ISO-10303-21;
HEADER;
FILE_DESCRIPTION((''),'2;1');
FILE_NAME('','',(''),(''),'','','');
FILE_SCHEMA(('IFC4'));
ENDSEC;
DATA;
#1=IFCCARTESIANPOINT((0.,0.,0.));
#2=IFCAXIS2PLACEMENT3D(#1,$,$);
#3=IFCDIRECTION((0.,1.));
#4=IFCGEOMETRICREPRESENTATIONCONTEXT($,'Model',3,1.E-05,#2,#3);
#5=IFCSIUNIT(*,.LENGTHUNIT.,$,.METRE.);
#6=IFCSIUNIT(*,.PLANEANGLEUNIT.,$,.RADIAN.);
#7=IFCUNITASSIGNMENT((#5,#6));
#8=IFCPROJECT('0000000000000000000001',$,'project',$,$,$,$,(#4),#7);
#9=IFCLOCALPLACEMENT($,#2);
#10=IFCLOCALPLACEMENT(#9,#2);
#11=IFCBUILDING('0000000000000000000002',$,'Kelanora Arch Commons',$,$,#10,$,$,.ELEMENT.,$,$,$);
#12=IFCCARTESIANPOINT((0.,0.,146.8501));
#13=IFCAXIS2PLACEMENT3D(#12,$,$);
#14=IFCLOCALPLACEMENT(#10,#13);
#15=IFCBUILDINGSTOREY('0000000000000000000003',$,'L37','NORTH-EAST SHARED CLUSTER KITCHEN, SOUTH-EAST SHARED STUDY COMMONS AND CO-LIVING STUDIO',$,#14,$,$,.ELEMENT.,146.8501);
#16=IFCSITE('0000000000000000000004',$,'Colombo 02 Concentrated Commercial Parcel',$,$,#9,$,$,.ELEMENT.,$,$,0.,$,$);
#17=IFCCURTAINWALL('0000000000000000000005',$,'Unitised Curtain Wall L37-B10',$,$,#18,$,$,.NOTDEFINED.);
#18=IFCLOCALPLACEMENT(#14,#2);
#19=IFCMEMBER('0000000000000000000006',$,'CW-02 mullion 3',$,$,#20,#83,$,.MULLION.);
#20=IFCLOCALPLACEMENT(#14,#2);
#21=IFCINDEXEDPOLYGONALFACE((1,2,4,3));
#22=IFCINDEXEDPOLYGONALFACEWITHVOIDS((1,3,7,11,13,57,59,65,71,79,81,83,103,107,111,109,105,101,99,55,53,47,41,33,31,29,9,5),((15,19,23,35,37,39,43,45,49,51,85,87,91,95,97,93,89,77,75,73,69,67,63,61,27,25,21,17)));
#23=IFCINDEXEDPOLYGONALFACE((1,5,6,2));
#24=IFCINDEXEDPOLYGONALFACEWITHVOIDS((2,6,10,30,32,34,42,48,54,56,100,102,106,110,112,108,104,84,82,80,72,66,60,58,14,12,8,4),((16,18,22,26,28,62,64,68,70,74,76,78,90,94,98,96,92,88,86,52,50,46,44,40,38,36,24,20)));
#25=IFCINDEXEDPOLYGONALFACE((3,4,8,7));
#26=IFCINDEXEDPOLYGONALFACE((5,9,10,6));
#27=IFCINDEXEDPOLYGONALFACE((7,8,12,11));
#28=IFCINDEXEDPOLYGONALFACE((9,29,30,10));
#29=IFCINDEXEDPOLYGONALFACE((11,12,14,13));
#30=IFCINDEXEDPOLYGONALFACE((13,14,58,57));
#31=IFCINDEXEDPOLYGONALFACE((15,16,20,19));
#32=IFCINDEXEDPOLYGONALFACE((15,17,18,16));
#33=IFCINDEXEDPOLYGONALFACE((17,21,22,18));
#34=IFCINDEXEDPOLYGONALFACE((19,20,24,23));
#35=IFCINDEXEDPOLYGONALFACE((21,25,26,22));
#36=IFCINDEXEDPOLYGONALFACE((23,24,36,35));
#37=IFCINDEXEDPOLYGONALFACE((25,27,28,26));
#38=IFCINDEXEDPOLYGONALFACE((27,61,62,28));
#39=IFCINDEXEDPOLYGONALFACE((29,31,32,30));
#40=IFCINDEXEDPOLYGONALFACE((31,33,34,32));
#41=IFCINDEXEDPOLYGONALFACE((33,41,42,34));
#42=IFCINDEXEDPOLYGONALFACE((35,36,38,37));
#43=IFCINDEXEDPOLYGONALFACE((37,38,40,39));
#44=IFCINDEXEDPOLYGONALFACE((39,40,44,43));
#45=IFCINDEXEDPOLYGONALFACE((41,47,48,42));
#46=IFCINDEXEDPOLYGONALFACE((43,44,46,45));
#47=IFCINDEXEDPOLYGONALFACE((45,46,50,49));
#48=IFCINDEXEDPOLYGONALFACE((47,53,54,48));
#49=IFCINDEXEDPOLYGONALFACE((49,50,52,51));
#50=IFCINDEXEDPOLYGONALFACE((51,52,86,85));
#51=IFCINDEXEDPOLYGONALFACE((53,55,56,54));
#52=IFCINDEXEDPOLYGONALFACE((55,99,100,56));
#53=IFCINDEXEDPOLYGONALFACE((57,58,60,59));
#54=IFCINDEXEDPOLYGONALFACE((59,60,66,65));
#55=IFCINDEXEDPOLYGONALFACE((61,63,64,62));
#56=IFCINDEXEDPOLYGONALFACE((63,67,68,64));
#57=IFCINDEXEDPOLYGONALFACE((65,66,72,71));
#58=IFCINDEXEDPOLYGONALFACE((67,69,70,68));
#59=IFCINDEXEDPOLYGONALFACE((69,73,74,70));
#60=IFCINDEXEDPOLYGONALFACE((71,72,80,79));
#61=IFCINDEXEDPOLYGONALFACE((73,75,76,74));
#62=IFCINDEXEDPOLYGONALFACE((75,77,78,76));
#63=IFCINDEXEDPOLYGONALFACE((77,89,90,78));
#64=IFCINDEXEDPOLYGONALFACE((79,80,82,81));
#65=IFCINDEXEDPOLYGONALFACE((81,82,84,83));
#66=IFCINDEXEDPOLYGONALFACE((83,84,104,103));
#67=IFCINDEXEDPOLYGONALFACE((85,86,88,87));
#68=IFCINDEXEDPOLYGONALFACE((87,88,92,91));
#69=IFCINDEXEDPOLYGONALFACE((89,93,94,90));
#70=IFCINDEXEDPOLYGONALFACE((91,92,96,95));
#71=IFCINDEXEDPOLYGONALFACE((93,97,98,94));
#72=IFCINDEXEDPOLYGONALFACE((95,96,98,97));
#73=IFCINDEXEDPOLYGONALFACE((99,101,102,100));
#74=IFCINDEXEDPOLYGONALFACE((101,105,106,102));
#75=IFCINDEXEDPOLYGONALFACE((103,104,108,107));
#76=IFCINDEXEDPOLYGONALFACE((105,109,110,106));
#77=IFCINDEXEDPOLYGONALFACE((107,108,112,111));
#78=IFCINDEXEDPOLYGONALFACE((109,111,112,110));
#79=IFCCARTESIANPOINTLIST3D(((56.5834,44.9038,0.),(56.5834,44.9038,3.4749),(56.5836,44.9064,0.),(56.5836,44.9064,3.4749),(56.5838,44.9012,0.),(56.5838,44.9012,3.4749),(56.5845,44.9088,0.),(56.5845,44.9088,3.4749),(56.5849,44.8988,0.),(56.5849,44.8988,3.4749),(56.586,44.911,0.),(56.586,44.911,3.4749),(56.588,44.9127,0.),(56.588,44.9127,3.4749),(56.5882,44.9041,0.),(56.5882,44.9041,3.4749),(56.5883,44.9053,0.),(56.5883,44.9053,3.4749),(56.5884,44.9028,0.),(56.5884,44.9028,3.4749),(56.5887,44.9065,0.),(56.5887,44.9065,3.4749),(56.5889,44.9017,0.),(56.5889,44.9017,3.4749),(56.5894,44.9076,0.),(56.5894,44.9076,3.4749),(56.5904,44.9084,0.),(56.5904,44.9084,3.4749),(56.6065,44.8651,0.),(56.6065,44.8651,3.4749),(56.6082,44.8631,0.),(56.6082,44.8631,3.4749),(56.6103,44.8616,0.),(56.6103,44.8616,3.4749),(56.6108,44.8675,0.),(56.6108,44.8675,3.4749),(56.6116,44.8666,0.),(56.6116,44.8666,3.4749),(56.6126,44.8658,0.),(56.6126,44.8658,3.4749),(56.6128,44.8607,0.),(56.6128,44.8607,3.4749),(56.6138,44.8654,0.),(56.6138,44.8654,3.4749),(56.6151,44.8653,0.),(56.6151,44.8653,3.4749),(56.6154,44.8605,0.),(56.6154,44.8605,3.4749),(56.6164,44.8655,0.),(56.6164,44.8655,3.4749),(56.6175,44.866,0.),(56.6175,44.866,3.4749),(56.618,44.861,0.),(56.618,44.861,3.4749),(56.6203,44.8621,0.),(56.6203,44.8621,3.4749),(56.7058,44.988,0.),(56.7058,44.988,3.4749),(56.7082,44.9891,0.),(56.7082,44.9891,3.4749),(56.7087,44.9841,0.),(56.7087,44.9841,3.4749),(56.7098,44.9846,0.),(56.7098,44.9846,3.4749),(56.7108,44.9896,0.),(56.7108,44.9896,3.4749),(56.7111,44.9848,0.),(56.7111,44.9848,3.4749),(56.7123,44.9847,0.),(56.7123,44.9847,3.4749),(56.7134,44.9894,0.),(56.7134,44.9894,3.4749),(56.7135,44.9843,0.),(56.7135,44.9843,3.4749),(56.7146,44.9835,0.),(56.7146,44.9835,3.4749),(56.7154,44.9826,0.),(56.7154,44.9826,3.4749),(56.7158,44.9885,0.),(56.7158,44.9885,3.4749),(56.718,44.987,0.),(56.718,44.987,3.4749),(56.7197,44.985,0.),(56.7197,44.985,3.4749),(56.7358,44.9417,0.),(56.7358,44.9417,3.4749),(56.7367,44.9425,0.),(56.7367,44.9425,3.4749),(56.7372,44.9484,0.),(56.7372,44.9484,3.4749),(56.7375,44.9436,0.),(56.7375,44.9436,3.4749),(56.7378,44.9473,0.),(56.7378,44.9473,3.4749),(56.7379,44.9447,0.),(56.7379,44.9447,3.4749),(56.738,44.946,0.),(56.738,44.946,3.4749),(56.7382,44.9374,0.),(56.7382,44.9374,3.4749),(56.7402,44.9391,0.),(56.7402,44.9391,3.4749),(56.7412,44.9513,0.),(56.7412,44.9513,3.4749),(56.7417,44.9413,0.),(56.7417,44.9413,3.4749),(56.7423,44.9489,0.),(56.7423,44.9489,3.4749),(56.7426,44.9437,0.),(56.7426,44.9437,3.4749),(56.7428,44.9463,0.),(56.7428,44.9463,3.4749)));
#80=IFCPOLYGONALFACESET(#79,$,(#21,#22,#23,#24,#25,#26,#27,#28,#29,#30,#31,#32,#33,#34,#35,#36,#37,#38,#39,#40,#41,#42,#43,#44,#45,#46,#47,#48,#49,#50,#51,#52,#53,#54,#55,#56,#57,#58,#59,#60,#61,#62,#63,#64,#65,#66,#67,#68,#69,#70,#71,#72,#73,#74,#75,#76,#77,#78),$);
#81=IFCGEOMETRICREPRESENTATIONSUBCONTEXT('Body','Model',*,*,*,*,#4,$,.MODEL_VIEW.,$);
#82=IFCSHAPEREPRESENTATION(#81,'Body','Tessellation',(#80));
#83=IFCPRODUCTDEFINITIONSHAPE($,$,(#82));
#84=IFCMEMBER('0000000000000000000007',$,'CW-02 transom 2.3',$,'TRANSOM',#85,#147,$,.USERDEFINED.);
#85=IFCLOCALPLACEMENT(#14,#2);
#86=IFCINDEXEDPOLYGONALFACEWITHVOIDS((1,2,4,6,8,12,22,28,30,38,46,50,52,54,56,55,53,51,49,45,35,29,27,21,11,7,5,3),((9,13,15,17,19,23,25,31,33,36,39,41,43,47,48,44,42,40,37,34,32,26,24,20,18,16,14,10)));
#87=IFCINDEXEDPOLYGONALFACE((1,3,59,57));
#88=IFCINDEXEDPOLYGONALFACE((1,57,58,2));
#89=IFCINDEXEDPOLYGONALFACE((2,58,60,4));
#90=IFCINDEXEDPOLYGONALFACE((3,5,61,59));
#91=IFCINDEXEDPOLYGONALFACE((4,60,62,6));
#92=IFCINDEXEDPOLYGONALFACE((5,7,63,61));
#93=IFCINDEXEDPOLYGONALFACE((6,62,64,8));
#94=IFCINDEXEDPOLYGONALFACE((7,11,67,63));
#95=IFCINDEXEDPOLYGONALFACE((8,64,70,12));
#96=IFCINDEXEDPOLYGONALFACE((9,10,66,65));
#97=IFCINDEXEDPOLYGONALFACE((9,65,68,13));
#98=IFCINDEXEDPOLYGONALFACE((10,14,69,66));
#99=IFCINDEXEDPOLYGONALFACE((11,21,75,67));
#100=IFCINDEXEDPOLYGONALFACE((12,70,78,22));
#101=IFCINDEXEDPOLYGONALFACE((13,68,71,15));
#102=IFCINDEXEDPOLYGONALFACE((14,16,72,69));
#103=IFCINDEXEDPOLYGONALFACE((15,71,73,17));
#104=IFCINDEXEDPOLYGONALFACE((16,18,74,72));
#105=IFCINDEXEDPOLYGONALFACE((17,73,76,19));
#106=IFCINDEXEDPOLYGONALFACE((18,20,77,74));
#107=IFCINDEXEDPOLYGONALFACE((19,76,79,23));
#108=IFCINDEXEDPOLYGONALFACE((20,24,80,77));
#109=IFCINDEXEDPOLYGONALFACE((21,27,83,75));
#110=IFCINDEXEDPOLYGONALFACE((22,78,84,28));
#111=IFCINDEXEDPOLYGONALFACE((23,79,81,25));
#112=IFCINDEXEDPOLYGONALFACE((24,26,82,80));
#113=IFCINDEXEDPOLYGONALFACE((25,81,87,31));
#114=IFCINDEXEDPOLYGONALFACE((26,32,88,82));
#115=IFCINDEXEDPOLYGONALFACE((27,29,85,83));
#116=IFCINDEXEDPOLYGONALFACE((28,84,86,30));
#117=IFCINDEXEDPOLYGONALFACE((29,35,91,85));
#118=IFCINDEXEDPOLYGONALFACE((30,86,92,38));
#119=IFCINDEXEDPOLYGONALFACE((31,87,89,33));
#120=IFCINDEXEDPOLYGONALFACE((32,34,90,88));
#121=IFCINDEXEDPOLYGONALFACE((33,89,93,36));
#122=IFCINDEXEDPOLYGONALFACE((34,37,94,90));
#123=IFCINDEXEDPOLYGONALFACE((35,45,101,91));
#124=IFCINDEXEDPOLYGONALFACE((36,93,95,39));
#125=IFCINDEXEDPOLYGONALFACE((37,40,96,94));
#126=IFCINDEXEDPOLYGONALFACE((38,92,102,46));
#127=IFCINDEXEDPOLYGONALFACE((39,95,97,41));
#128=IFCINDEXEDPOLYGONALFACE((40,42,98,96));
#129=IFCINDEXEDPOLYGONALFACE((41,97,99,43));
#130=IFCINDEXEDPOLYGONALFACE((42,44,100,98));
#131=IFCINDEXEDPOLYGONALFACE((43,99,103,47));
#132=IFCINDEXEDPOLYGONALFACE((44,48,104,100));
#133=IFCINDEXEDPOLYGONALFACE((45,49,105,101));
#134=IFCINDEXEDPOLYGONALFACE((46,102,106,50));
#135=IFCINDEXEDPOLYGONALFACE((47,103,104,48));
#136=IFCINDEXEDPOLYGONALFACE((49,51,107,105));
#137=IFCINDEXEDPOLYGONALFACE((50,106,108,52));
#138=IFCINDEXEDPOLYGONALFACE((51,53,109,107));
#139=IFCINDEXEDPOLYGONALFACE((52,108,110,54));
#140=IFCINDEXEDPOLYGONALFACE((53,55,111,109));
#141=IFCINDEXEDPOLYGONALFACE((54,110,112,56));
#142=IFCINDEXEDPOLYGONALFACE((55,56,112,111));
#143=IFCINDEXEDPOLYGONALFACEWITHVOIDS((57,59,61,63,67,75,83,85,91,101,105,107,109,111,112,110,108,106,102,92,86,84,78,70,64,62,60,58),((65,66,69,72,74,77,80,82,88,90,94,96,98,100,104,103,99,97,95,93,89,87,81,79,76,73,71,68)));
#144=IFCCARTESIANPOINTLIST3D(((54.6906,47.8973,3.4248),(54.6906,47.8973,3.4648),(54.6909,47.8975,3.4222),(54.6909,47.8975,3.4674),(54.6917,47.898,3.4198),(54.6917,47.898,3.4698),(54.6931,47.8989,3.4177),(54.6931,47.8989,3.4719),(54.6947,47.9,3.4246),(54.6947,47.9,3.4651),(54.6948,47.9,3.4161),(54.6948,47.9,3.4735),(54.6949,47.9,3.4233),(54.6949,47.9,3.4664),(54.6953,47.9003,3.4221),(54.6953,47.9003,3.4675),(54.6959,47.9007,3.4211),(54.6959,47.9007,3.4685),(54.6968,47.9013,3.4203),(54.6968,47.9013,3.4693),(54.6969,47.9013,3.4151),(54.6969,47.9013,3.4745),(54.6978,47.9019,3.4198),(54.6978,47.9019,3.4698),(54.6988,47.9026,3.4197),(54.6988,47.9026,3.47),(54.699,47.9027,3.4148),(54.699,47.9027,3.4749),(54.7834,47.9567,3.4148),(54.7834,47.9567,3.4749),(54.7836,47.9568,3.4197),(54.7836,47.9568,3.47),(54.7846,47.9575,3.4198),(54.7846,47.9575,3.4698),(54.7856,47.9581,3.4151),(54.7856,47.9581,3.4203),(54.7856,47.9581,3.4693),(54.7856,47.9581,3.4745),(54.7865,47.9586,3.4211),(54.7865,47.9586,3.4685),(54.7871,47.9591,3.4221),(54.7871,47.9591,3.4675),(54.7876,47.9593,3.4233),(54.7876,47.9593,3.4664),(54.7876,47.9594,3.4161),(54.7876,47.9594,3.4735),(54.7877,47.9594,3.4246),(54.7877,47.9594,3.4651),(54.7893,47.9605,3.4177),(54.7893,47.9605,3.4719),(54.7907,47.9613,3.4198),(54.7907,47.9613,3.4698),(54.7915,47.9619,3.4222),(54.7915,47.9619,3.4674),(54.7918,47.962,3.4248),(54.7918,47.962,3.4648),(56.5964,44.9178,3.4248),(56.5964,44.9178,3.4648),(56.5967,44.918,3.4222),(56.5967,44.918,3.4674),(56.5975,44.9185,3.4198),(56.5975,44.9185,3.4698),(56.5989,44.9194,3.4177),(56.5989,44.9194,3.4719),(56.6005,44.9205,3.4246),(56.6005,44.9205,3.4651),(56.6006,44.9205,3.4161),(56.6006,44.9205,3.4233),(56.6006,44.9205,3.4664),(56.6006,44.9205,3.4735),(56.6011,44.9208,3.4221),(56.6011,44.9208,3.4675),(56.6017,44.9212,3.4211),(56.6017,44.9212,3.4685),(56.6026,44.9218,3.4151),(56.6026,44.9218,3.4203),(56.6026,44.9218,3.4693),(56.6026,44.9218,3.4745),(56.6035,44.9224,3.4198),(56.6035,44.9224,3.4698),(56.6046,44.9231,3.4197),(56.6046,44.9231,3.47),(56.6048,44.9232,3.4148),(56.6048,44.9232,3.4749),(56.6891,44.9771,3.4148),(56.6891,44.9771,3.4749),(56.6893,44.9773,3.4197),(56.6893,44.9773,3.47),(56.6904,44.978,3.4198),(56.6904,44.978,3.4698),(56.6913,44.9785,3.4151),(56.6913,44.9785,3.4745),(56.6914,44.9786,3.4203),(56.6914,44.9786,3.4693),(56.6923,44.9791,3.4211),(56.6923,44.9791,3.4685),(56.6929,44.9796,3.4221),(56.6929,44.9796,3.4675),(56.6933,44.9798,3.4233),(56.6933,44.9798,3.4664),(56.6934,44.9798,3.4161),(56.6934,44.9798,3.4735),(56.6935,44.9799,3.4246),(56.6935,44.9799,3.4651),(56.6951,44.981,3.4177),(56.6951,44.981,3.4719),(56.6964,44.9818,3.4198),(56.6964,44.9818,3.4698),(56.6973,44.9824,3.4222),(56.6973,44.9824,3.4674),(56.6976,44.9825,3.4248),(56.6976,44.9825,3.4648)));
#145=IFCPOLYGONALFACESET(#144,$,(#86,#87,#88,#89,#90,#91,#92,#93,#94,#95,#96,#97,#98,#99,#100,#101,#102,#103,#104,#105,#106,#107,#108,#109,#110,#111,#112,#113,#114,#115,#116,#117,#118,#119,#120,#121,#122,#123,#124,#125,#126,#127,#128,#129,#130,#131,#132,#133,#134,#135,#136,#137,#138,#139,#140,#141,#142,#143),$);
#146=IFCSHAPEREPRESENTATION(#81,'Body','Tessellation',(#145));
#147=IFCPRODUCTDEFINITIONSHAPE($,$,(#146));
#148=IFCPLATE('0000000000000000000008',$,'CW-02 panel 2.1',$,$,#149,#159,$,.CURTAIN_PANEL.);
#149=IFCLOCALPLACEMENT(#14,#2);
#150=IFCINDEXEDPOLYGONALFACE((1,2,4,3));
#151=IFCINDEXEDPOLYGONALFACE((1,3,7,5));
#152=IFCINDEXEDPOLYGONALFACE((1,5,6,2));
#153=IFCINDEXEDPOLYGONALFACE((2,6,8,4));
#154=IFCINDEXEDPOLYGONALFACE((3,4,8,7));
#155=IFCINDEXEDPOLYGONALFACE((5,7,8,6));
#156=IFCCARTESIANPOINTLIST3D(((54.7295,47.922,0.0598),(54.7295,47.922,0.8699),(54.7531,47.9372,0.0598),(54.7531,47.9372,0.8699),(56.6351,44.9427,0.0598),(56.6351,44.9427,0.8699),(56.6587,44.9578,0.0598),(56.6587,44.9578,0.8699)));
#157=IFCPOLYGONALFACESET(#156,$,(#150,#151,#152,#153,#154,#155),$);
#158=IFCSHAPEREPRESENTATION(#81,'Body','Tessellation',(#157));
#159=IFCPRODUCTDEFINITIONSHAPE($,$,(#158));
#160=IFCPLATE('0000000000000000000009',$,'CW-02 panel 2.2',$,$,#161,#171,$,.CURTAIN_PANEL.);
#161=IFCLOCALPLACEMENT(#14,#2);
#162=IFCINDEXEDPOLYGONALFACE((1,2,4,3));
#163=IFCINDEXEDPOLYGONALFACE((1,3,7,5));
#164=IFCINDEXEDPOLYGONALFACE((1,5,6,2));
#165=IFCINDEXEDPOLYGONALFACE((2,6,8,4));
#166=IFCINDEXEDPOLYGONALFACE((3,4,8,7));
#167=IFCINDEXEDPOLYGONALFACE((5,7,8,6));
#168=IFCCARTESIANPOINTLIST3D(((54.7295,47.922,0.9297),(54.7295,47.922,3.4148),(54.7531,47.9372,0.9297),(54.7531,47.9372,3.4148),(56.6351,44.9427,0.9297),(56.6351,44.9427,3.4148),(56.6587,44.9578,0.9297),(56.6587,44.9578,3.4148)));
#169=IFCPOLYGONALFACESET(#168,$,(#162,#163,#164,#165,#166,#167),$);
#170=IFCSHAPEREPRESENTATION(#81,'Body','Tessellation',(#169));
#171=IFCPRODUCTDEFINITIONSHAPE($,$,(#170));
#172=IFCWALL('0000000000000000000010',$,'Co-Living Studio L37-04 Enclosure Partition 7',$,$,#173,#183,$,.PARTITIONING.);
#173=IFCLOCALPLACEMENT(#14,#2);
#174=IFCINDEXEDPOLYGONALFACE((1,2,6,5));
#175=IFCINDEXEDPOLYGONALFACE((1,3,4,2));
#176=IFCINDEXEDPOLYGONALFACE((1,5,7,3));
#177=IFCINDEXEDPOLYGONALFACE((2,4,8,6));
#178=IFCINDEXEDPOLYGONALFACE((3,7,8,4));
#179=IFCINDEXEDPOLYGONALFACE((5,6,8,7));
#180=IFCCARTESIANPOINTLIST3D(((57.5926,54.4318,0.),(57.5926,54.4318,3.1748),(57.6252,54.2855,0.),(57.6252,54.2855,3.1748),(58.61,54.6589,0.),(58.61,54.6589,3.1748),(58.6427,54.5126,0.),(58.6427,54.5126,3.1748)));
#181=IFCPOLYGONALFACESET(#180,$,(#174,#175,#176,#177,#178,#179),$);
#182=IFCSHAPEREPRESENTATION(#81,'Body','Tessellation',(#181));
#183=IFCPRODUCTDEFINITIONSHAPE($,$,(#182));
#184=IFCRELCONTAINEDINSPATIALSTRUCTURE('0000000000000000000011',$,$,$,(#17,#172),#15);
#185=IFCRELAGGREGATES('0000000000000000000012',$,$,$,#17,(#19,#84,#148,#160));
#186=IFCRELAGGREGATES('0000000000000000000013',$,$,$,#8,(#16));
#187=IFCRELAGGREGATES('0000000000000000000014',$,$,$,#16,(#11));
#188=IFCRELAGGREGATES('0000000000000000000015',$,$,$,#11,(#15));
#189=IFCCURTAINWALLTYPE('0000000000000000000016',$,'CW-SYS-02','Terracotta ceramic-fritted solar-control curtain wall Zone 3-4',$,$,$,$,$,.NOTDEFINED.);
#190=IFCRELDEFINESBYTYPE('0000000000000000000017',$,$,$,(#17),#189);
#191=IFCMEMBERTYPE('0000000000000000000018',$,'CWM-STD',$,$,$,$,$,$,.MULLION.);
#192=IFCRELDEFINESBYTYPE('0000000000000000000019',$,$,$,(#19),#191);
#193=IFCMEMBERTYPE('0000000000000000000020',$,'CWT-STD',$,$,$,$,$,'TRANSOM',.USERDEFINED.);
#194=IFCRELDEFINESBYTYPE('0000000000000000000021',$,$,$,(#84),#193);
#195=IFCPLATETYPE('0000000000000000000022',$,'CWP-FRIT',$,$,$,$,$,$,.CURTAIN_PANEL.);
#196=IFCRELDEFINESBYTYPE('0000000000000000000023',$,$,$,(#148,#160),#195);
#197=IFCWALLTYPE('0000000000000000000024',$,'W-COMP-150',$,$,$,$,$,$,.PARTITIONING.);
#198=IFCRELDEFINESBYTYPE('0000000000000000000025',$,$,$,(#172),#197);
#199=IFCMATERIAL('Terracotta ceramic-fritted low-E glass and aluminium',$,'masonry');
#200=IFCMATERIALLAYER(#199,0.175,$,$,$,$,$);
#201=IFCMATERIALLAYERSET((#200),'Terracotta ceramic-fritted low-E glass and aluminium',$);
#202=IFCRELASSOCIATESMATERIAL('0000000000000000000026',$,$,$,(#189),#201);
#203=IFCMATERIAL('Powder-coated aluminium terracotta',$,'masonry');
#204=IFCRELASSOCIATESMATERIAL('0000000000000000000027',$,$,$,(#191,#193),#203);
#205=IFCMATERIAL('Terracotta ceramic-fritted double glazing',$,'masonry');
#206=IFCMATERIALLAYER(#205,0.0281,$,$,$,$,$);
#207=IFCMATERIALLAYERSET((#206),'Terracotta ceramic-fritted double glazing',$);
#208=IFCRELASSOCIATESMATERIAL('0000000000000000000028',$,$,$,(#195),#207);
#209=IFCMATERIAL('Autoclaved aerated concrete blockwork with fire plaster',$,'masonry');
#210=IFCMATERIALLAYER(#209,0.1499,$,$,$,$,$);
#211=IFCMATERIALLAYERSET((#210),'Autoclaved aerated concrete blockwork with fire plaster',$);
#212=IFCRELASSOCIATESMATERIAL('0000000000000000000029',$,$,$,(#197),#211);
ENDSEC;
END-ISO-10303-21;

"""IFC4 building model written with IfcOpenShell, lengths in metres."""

from ifc_helpers import new_model, si_unit, direction, frame, frame_2d, origin, origin_2d, place, context, subcontext, project, spatial, rectangle, hollow_rectangle, extrude, source, transform, mapped, material, layer, layer_set, material_profile, profile_set, type_object, element, aggregate, save


model = new_model("IFC4")

# Units and contexts
model_context = context("Model", 3, precision=1e-05, world=origin(), true_north=direction((0.0, 1.0)))
body_context = subcontext(model_context, "Body", "Model", "MODEL_VIEW")
ifc_project = project(units=[si_unit("LENGTHUNIT", "METRE"), si_unit("PLANEANGLEUNIT", "RADIAN")], contexts=[model_context])

# Site, building, storey
site_placement = place(None, origin())
site = spatial("IfcSite", under=ifc_project, at=site_placement, Name="Colombo 02 Concentrated Commercial Parcel", CompositionType="ELEMENT", RefElevation=0.0)
building_placement = place(site_placement, origin())
building = spatial("IfcBuilding", under=site, at=building_placement, Name="Kelanora Arch Commons", CompositionType="ELEMENT")
storey_placement = place(building_placement, frame((0.0, 0.0, 146.8501)))
storey = spatial("IfcBuildingStorey", under=building, at=storey_placement, Name="L37", Description="NORTH-EAST SHARED CLUSTER KITCHEN, SOUTH-EAST SHARED STUDY COMMONS AND CO-LIVING STUDIO", CompositionType="ELEMENT", Elevation=146.8501)

# Curtain wall, members, plates
ifc_material_1 = material(Name="Terracotta ceramic-fritted low-E glass and aluminium", Category="masonry")
ifc_layer_1 = layer(ifc_material_1, 0.175)
ifc_layer_set_1 = layer_set([ifc_layer_1], Name="Terracotta ceramic-fritted low-E glass and aluminium")
curtain_wall_type = type_object("IfcCurtainWallType", Name="CW-SYS-02", Description="Terracotta ceramic-fritted solar-control curtain wall Zone 3-4", PredefinedType="NOTDEFINED", material=ifc_layer_set_1)
curtain_wall_placement = place(storey_placement, origin())
curtain_wall = element("IfcCurtainWall", 1, at=curtain_wall_placement, inside=storey, type_object=curtain_wall_type, Name="Unitised Curtain Wall L37-B10", PredefinedType="NOTDEFINED")
ifc_material_2 = material(Name="Powder-coated aluminium terracotta", Category="masonry")
ifc_material_profile_1 = material_profile(ifc_material_2, hollow_rectangle(XDim=0.1599, YDim=0.0601, WallThickness=0.0049, InnerFilletRadius=0.0049, OuterFilletRadius=0.01, at=origin_2d()), Name="CWM160x60")
ifc_profile_set_1 = profile_set([ifc_material_profile_1], Name="Powder-coated aluminium terracotta")
member_type_1 = type_object("IfcMemberType", Name="CWM-STD", PredefinedType="MULLION", material=ifc_profile_set_1)
member_1_placement = place(storey_placement, frame((56.6631, 44.925, 0.0), z_axis=(0.0, 0.0, 1.0), x_axis=(0.842423, 0.538817, 0.0)))
member_1 = element("IfcMember", 2, at=member_1_placement, type_object=member_type_1, Name="CW-02 mullion 3", PredefinedType="MULLION", context=body_context, shape_type="SweptSolid", body=[
    extrude(hollow_rectangle(XDim=0.1599, YDim=0.0601, WallThickness=0.0049, InnerFilletRadius=0.0049, OuterFilletRadius=0.01, at=origin_2d()), origin(), (0.0, 0.0, 1.0), 3.4749),
])
ifc_material_profile_2 = material_profile(ifc_material_2, hollow_rectangle(XDim=0.1201, YDim=0.0601, WallThickness=0.0049, InnerFilletRadius=0.0049, OuterFilletRadius=0.01, at=origin_2d()), Name="CWT120x60")
ifc_profile_set_2 = profile_set([ifc_material_profile_2], Name="Powder-coated aluminium terracotta")
member_type_2 = type_object("IfcMemberType", Name="CWT-STD", ElementType="TRANSOM", PredefinedType="USERDEFINED", material=ifc_profile_set_2)
member_2_placement = place(storey_placement, frame((54.7412, 47.9297, 3.4448), z_axis=(0.53883, -0.842414, 0.0), x_axis=(0.842414, 0.53883, 0.0)))
member_2 = element("IfcMember", 3, at=member_2_placement, type_object=member_type_2, Name="CW-02 transom 2.3", ObjectType="TRANSOM", PredefinedType="USERDEFINED", context=body_context, shape_type="SweptSolid", body=[
    extrude(hollow_rectangle(XDim=0.1201, YDim=0.0601, WallThickness=0.0049, InnerFilletRadius=0.0049, OuterFilletRadius=0.01, at=origin_2d()), origin(), (0.0, 0.0, 1.0), 3.5369),
])
ifc_material_3 = material(Name="Terracotta ceramic-fritted double glazing", Category="masonry")
ifc_layer_2 = layer(ifc_material_3, 0.0281)
ifc_layer_set_2 = layer_set([ifc_layer_2], Name="Terracotta ceramic-fritted double glazing")
plate_type = type_object("IfcPlateType", Name="CWP-FRIT", PredefinedType="CURTAIN_PANEL", material=ifc_layer_set_2)
shared_shape_1 = source(origin(), body_context, "Body", "SweptSolid", [
    extrude(rectangle(XDim=3.5366, YDim=0.0281, at=origin_2d()), origin(), (0.0, 0.0, 1.0), 0.8101),
])
plate_1_placement = place(storey_placement, frame((55.6941, 46.4399, 0.0598), z_axis=(0.0, 0.0, 1.0), x_axis=(0.538817, -0.842423, 0.0)))
plate_1 = element("IfcPlate", 4, at=plate_1_placement, type_object=plate_type, Name="CW-02 panel 2.1", PredefinedType="CURTAIN_PANEL", context=body_context, shape_type="MappedRepresentation", body=[
    mapped(shared_shape_1, transform((0.0, 0.0, 0.0), scale=1.0)),
])
shared_shape_2 = source(origin(), body_context, "Body", "SweptSolid", [
    extrude(rectangle(XDim=3.5366, YDim=0.0281, at=origin_2d()), origin(), (0.0, 0.0, 1.0), 2.4851),
])
plate_2_placement = place(storey_placement, frame((55.6941, 46.4399, 0.9297), z_axis=(0.0, 0.0, 1.0), x_axis=(0.538817, -0.842423, 0.0)))
plate_2 = element("IfcPlate", 5, at=plate_2_placement, type_object=plate_type, Name="CW-02 panel 2.2", PredefinedType="CURTAIN_PANEL", context=body_context, shape_type="MappedRepresentation", body=[
    mapped(shared_shape_2, transform((0.0, 0.0, 0.0), scale=1.0)),
])
aggregate(curtain_wall, [member_1, member_2, plate_1, plate_2])

# Wall
ifc_material_4 = material(Name="Autoclaved aerated concrete blockwork with fire plaster", Category="masonry")
ifc_layer_3 = layer(ifc_material_4, 0.1499)
ifc_layer_set_3 = layer_set([ifc_layer_3], Name="Autoclaved aerated concrete blockwork with fire plaster")
wall_type_1 = type_object("IfcWallType", Name="W-COMP-150", PredefinedType="PARTITIONING", material=ifc_layer_set_3)
wall_1_placement = place(storey_placement, frame((57.6089, 54.3586, 0.0), z_axis=(0.0, 0.0, 1.0), x_axis=(0.975988, 0.217823, 0.0)))
element("IfcWall", 6, at=wall_1_placement, inside=storey, type_object=wall_type_1, Name="Co-Living Studio L37-04 Enclosure Partition 7", PredefinedType="PARTITIONING", context=body_context, shape_type="SweptSolid", body=[
    extrude(rectangle(XDim=1.0425, YDim=0.1499, at=frame_2d((0.5212, 0.0))), origin(), (0.0, 0.0, 1.0), 3.1748),
])

save(model, "model.ifc")
